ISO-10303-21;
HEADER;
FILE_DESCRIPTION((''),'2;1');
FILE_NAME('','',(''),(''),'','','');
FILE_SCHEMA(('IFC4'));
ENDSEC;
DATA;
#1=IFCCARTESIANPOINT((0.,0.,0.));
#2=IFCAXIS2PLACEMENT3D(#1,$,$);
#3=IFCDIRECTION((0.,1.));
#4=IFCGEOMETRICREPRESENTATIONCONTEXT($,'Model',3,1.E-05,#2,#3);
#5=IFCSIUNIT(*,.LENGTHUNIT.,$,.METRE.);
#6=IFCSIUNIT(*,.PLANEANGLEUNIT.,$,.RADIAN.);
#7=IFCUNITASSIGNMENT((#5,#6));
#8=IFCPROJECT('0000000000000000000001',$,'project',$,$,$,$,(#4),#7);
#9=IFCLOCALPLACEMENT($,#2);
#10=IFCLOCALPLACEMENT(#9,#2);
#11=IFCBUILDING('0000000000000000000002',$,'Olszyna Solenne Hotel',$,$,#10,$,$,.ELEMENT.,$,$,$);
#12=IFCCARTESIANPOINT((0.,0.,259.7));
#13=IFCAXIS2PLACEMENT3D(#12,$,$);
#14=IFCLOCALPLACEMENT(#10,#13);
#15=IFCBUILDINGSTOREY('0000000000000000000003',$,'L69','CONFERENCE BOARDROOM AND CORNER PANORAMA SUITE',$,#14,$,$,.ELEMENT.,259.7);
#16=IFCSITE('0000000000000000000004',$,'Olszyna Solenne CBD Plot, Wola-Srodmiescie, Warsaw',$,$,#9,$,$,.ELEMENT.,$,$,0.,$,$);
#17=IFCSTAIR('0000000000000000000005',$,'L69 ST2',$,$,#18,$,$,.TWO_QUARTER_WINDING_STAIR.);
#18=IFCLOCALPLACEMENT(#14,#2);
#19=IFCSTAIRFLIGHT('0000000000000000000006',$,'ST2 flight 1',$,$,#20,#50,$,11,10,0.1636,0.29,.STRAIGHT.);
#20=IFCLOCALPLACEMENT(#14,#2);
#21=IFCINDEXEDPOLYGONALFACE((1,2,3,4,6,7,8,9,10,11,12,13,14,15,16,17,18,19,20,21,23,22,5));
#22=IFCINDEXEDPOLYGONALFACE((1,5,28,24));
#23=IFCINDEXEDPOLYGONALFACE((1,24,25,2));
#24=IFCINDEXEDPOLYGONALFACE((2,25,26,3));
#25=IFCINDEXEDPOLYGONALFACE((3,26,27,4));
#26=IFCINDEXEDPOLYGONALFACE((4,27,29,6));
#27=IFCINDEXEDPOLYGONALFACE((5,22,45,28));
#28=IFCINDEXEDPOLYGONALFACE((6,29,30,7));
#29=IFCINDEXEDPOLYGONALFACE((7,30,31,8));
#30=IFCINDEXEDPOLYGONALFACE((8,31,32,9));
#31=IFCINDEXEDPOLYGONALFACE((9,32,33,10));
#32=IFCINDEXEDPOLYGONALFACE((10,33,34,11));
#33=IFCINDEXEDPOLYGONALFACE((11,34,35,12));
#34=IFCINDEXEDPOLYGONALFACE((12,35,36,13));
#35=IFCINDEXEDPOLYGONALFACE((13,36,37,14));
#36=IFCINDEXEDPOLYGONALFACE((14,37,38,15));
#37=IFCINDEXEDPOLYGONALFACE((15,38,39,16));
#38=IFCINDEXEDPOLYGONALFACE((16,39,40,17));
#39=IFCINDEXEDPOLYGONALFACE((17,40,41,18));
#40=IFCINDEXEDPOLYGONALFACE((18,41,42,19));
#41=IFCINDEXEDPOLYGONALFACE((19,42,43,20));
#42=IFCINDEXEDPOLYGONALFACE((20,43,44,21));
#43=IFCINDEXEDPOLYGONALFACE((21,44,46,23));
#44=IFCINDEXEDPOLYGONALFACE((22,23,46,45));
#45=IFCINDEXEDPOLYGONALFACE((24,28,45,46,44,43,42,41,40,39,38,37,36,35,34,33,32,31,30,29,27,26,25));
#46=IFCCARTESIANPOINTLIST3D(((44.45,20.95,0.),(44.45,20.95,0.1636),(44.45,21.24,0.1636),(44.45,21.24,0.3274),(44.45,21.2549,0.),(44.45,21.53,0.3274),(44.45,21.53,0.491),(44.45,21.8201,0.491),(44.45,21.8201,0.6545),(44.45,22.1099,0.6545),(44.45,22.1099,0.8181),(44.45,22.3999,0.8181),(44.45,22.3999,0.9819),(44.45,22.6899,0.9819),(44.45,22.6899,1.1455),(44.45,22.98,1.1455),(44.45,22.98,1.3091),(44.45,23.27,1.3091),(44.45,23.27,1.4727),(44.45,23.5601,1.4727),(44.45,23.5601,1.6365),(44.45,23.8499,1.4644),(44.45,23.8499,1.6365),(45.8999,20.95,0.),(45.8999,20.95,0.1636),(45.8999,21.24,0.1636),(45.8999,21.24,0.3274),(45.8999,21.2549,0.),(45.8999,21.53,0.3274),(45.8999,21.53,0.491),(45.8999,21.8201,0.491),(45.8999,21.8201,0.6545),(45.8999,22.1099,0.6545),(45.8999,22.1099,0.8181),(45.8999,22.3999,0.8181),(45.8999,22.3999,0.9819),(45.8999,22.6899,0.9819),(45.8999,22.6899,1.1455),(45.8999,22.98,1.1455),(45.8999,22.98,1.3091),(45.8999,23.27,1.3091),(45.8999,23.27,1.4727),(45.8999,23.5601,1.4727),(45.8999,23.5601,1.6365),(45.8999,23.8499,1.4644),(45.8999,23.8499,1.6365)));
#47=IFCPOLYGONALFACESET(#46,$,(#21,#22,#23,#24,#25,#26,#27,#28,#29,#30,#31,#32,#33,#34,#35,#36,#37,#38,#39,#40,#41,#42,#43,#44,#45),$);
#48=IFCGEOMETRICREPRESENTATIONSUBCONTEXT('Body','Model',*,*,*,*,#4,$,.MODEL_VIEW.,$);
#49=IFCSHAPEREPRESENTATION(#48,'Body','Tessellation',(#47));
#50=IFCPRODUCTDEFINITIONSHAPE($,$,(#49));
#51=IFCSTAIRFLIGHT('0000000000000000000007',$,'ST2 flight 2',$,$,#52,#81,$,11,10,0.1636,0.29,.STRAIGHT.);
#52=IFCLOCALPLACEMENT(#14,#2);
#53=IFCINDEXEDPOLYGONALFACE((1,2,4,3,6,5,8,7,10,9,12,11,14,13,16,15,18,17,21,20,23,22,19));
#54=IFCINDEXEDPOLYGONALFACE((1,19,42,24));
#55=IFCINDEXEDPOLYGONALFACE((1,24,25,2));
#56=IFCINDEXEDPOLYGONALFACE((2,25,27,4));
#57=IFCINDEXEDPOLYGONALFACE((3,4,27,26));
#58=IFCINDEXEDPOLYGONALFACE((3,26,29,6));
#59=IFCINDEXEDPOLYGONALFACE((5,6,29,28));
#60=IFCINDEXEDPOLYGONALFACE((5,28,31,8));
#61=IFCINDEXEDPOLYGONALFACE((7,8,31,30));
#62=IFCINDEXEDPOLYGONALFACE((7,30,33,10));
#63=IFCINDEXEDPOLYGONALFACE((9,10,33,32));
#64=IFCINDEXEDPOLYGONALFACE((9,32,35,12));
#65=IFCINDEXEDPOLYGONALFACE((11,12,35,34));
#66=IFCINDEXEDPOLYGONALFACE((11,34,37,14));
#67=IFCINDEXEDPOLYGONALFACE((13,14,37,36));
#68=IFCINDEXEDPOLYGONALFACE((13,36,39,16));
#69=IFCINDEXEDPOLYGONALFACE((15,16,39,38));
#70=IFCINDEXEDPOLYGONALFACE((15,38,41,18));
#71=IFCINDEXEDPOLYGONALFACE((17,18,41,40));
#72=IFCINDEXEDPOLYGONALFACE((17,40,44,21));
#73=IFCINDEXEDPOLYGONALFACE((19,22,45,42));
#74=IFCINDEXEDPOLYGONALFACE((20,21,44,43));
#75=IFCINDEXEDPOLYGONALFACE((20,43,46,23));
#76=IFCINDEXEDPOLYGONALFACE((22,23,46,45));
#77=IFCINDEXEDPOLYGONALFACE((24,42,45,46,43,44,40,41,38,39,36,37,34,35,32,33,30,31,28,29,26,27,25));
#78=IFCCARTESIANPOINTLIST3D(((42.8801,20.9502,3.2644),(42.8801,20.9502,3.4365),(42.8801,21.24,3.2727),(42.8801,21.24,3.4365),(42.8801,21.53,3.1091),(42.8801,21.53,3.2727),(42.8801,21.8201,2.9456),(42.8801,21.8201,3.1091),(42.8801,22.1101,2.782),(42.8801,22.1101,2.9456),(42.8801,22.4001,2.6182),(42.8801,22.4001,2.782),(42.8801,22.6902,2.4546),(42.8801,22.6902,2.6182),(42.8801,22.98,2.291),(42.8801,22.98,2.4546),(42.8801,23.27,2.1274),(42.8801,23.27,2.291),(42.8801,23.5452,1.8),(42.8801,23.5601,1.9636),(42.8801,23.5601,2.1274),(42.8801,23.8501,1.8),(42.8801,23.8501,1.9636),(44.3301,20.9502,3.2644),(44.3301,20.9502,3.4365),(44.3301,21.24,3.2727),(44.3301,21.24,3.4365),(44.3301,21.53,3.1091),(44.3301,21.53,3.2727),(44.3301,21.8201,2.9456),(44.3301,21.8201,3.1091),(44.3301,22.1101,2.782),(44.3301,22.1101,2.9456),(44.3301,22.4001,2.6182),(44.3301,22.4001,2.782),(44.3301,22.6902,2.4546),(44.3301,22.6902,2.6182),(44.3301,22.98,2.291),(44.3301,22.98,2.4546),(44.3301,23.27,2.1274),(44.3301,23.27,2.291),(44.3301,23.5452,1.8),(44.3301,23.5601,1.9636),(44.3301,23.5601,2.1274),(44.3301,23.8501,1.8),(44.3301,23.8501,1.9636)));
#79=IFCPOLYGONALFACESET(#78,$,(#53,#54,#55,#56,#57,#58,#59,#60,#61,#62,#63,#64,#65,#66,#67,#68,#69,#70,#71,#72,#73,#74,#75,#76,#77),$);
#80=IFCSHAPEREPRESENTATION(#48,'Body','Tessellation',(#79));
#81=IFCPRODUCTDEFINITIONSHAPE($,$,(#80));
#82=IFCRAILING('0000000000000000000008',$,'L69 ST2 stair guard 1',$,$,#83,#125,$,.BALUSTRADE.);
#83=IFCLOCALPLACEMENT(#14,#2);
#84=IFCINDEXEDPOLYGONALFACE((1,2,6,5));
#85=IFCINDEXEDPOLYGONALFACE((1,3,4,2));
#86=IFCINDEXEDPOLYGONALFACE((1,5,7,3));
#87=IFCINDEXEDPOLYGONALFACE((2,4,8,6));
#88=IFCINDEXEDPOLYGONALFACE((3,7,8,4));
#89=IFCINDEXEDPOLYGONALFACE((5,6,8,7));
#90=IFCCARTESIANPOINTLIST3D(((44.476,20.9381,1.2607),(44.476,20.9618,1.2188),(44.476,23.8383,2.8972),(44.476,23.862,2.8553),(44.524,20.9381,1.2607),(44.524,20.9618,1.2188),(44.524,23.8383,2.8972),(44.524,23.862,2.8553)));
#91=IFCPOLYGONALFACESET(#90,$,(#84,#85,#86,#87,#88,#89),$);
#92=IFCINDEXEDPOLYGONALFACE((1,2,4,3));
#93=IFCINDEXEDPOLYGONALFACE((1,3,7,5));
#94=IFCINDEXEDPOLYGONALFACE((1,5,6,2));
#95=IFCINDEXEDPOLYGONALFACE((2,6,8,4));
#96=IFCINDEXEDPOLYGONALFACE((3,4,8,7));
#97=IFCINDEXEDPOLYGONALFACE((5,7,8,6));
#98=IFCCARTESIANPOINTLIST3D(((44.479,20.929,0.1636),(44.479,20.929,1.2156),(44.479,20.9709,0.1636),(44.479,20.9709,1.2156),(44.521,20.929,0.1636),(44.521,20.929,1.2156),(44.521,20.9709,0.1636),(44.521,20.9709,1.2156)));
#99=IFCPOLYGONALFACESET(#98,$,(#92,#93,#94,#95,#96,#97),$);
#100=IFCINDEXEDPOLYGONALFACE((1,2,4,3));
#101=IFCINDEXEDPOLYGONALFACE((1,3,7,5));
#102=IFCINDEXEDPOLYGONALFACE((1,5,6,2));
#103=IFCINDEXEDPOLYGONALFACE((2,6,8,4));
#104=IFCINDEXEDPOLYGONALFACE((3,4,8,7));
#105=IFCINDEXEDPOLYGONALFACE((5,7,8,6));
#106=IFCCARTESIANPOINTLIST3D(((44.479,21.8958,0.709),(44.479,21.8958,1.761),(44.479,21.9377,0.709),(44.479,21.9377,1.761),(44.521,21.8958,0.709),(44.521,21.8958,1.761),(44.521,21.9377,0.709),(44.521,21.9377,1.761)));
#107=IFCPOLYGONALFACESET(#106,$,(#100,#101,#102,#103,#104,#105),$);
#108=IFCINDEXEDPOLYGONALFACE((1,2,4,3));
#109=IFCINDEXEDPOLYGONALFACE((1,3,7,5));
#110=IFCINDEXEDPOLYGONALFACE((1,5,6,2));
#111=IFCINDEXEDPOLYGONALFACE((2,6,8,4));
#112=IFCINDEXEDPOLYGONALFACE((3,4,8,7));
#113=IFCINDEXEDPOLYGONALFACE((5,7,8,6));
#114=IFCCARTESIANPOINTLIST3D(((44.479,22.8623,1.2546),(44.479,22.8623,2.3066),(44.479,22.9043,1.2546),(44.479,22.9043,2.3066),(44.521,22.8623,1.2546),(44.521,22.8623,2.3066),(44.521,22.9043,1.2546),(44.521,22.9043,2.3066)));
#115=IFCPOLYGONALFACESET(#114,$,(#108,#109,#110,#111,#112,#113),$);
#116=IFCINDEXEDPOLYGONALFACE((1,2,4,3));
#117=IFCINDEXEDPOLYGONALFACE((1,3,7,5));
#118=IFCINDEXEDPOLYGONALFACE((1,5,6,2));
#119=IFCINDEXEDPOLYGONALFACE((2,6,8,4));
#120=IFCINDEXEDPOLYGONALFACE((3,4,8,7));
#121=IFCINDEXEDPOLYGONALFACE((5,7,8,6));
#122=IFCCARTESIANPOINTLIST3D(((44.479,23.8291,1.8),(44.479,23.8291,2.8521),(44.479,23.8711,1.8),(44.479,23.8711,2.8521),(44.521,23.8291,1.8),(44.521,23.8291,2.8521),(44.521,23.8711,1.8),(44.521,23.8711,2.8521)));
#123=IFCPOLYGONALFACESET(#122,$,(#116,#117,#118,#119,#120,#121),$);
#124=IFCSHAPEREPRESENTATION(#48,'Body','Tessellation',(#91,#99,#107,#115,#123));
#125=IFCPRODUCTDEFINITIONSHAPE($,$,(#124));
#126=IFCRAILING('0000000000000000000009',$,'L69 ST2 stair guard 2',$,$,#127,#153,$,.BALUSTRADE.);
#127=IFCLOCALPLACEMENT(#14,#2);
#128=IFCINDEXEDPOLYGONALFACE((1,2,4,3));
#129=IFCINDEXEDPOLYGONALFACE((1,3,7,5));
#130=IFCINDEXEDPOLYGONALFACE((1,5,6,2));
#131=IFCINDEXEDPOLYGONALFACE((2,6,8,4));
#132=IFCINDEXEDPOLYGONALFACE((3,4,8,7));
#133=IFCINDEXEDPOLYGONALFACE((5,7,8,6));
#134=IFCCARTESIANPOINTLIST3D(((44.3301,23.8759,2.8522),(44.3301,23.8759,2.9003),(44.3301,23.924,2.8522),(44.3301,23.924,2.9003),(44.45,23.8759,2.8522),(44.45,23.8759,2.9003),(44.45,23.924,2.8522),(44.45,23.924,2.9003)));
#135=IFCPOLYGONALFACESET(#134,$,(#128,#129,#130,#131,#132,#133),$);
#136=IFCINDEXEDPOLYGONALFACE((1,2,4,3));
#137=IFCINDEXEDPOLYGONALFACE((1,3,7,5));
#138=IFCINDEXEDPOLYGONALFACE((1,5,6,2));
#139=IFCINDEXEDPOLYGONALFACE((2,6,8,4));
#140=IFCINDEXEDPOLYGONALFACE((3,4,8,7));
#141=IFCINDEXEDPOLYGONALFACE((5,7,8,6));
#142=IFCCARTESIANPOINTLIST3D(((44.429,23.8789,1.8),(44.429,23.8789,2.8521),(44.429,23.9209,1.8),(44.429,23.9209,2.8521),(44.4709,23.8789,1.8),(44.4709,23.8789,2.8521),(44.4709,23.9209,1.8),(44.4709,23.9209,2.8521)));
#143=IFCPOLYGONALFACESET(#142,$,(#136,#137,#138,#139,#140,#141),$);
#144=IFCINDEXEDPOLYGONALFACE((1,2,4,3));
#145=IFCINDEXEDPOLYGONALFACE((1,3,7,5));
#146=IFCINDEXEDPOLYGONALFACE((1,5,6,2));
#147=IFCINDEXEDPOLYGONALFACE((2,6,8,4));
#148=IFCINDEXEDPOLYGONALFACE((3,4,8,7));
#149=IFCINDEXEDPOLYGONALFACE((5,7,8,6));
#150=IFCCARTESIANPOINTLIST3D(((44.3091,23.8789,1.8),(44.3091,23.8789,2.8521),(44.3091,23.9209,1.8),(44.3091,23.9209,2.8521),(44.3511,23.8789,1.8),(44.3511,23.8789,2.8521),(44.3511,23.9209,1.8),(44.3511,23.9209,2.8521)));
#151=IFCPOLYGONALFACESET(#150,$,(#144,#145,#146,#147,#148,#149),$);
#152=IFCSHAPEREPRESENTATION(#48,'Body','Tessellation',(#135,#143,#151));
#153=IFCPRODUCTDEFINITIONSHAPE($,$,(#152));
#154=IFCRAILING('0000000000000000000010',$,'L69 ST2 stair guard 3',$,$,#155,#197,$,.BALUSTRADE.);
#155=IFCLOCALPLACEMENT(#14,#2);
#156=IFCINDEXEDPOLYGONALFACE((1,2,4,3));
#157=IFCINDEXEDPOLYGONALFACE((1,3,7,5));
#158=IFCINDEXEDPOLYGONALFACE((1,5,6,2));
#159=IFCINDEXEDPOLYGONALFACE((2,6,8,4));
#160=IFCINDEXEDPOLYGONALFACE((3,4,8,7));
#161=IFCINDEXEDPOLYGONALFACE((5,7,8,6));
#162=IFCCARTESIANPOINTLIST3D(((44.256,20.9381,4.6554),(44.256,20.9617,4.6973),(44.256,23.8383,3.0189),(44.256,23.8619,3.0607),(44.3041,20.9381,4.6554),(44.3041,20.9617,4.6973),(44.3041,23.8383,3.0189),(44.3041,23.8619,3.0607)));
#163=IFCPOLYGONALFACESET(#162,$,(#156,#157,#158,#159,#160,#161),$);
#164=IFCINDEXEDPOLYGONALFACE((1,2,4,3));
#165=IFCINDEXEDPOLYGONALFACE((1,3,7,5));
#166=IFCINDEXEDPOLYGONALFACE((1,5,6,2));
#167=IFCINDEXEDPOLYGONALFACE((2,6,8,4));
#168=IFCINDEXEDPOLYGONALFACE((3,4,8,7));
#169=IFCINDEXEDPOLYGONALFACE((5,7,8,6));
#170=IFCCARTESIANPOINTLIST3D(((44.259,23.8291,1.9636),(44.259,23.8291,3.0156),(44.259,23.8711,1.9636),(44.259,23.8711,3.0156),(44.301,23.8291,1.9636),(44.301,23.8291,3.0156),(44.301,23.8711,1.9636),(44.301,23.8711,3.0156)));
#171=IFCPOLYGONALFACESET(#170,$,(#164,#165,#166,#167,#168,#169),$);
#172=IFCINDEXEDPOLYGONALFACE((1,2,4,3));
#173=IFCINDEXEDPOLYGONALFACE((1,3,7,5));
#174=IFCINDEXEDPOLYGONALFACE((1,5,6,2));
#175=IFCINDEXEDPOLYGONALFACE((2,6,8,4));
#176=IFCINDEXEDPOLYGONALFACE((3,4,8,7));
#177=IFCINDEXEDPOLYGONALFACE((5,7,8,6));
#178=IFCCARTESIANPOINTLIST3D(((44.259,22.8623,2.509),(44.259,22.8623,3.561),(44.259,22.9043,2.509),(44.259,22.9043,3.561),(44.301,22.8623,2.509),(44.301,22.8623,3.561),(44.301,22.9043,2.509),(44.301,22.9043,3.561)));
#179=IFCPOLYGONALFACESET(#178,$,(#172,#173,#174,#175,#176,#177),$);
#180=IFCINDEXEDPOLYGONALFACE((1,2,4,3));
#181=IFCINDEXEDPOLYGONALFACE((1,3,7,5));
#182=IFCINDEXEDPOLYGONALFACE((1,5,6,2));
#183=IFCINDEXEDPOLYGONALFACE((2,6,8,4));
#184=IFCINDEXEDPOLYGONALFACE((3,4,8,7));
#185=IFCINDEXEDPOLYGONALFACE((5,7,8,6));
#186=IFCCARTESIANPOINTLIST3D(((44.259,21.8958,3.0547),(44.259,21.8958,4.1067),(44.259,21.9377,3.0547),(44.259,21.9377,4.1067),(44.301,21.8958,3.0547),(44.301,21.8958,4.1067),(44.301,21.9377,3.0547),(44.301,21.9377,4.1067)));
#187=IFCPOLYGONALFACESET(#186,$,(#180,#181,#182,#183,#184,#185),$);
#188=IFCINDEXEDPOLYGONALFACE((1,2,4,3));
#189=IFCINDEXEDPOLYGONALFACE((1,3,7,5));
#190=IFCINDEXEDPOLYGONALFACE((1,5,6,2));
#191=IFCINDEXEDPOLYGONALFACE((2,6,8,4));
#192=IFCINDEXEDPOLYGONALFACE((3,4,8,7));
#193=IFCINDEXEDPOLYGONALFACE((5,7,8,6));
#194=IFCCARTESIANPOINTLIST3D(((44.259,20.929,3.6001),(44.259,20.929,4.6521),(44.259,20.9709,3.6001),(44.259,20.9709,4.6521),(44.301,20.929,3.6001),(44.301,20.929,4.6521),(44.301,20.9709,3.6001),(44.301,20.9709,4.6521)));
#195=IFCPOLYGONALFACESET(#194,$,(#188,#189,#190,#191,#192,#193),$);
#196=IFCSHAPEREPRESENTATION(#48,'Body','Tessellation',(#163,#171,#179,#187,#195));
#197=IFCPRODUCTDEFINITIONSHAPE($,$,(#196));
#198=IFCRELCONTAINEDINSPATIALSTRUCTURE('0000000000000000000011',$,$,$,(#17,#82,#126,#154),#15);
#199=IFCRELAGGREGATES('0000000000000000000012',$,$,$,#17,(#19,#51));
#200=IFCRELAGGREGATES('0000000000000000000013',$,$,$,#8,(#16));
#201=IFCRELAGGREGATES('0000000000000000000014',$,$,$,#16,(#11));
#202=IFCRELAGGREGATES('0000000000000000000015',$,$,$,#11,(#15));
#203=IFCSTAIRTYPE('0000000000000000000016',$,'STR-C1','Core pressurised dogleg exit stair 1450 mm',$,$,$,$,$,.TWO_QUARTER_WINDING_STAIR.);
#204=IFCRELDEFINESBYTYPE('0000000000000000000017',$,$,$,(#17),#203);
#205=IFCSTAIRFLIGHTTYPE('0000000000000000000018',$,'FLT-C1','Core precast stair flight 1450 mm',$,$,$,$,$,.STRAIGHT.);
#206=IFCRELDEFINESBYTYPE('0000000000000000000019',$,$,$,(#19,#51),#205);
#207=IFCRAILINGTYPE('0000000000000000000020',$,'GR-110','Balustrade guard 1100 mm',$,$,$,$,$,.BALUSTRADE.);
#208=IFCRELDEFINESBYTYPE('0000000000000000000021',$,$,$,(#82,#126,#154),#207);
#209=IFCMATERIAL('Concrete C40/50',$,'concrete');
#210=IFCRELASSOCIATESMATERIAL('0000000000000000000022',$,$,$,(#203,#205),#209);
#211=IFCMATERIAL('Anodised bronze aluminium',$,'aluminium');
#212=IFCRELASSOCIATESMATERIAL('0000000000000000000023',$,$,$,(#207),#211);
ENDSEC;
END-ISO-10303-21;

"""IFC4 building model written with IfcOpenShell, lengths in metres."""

from ifc_helpers import new_model, si_unit, direction, frame, origin, origin_2d, place, context, subcontext, project, spatial, polyline, rectangle, outline, extrude, material, type_object, element, aggregate, save


model = new_model("IFC4")

# Units and contexts
model_context = context("Model", 3, precision=1e-05, world=origin(), true_north=direction((0.0, 1.0)))
body_context = subcontext(model_context, "Body", "Model", "MODEL_VIEW")
ifc_project = project(units=[si_unit("LENGTHUNIT", "METRE"), si_unit("PLANEANGLEUNIT", "RADIAN")], contexts=[model_context])

# Site, building, storey
site_placement = place(None, origin())
site = spatial("IfcSite", under=ifc_project, at=site_placement, Name="Olszyna Solenne CBD Plot, Wola-Srodmiescie, Warsaw", CompositionType="ELEMENT", RefElevation=0.0)
building_placement = place(site_placement, origin())
building = spatial("IfcBuilding", under=site, at=building_placement, Name="Olszyna Solenne Hotel", CompositionType="ELEMENT")
storey_placement = place(building_placement, frame((0.0, 0.0, 259.7)))
storey = spatial("IfcBuildingStorey", under=building, at=storey_placement, Name="L69", Description="CONFERENCE BOARDROOM AND CORNER PANORAMA SUITE", CompositionType="ELEMENT", Elevation=259.7)

# Shared definitions
ifc_material_1 = material(Name="Anodised bronze aluminium", Category="aluminium")

# Stair, stair flights
ifc_material_2 = material(Name="Concrete C40/50", Category="concrete")
stair_type = type_object("IfcStairType", Name="STR-C1", Description="Core pressurised dogleg exit stair 1450 mm", PredefinedType="TWO_QUARTER_WINDING_STAIR", material=ifc_material_2)
stair_placement = place(storey_placement, origin())
stair = element("IfcStair", 1, at=stair_placement, inside=storey, type_object=stair_type, Name="L69 ST2", PredefinedType="TWO_QUARTER_WINDING_STAIR")
stair_flight_type = type_object("IfcStairFlightType", Name="FLT-C1", Description="Core precast stair flight 1450 mm", PredefinedType="STRAIGHT", material=ifc_material_2)
stair_flight_1_placement = place(storey_placement, frame((45.175, 20.95, 0.0), z_axis=(0.0, 0.0, 1.0), x_axis=(0.0, 1.0, 0.0)))
stair_flight_1 = element("IfcStairFlight", 2, at=stair_flight_1_placement, type_object=stair_flight_type, Name="ST2 flight 1", NumberOfRisers=11, NumberOfTreads=10, PredefinedType="STRAIGHT", RiserHeight=0.1636, TreadLength=0.29, context=body_context, shape_type="SweptSolid", body=[
    extrude(outline(polyline([(0.0, 0.0), (0.0, 0.1636), (0.29, 0.1636), (0.29, 0.3274), (0.5801, 0.3274), (0.5801, 0.491), (0.8701, 0.491), (0.8701, 0.6545), (1.1599, 0.6545), (1.1599, 0.8181), (1.45, 0.8181), (1.45, 0.9819), (1.74, 0.9819), (1.74, 1.1455), (2.03, 1.1455), (2.03, 1.3091), (2.3201, 1.3091), (2.3201, 1.4727), (2.6101, 1.4727), (2.6101, 1.6365), (2.8999, 1.6365), (2.8999, 1.8), (2.8999, 1.4644), (0.3049, 0.0), (0.0, 0.0)])), frame((0.0, 0.7251, 0.0), z_axis=(0.0, -1.0, 0.0), x_axis=(1.0, 0.0, 0.0)), (0.0, 0.0, 1.0), 1.45),
])
stair_flight_2_placement = place(storey_placement, frame((43.605, 23.8501, 1.8), z_axis=(0.0, 0.0, 1.0), x_axis=(0.0, -1.0, 0.0)))
stair_flight_2 = element("IfcStairFlight", 3, at=stair_flight_2_placement, type_object=stair_flight_type, Name="ST2 flight 2", NumberOfRisers=11, NumberOfTreads=10, PredefinedType="STRAIGHT", RiserHeight=0.1636, TreadLength=0.29, context=body_context, shape_type="SweptSolid", body=[
    extrude(outline(polyline([(0.0, 0.0), (0.0, 0.1636), (0.29, 0.1636), (0.29, 0.3274), (0.5801, 0.3274), (0.5801, 0.491), (0.8701, 0.491), (0.8701, 0.6545), (1.1599, 0.6545), (1.1599, 0.8181), (1.45, 0.8181), (1.45, 0.9819), (1.74, 0.9819), (1.74, 1.1455), (2.03, 1.1455), (2.03, 1.3091), (2.3201, 1.3091), (2.3201, 1.4727), (2.6101, 1.4727), (2.6101, 1.6365), (2.8999, 1.6365), (2.8999, 1.8), (2.8999, 1.4644), (0.3049, 0.0), (0.0, 0.0)])), frame((0.0, 0.7251, 0.0), z_axis=(0.0, -1.0, 0.0), x_axis=(1.0, 0.0, 0.0)), (0.0, 0.0, 1.0), 1.45),
])
aggregate(stair, [stair_flight_1, stair_flight_2])

# Railings
railing_type_1 = type_object("IfcRailingType", Name="GR-110", Description="Balustrade guard 1100 mm", PredefinedType="BALUSTRADE", material=ifc_material_1)
railing_1_placement = place(storey_placement, frame((44.5, 20.95, 0.1636)))
element("IfcRailing", 4, at=railing_1_placement, inside=storey, type_object=railing_type_1, Name="L69 ST2 stair guard 1", PredefinedType="BALUSTRADE", context=body_context, shape_type="SweptSolid", body=[
    extrude(rectangle(XDim=0.0481, YDim=0.0481, at=origin_2d()), frame((0.0, 0.0, 1.0762), z_axis=(0.0, 0.870915, 0.491434), x_axis=(-1.0, 0.0, 0.0)), (0.0, 0.0, 1.0), 3.3301),
    extrude(rectangle(XDim=0.042, YDim=0.042, at=origin_2d()), origin(), (0.0, 0.0, 1.0), 1.052),
    extrude(rectangle(XDim=0.042, YDim=0.042, at=origin_2d()), frame((0.0, 0.9668, 0.5454)), (0.0, 0.0, 1.0), 1.052),
    extrude(rectangle(XDim=0.042, YDim=0.042, at=origin_2d()), frame((0.0, 1.9333, 1.0911)), (0.0, 0.0, 1.0), 1.052),
    extrude(rectangle(XDim=0.042, YDim=0.042, at=origin_2d()), frame((0.0, 2.9001, 1.6365)), (0.0, 0.0, 1.0), 1.052),
])
railing_2_placement = place(storey_placement, frame((44.45, 23.8999, 1.8)))
element("IfcRailing", 5, at=railing_2_placement, inside=storey, type_object=railing_type_1, Name="L69 ST2 stair guard 2", PredefinedType="BALUSTRADE", context=body_context, shape_type="SweptSolid", body=[
    extrude(rectangle(XDim=0.0481, YDim=0.0481, at=origin_2d()), frame((0.0, 0.0, 1.0762), z_axis=(-1.0, 0.0, 0.0), x_axis=(0.0, -1.0, 0.0)), (0.0, 0.0, 1.0), 0.1199),
    extrude(rectangle(XDim=0.042, YDim=0.042, at=origin_2d()), origin(), (0.0, 0.0, 1.0), 1.052),
    extrude(rectangle(XDim=0.042, YDim=0.042, at=origin_2d()), frame((-0.1199, 0.0, 0.0)), (0.0, 0.0, 1.0), 1.052),
])
railing_3_placement = place(storey_placement, frame((44.28, 23.8501, 1.9636)))
element("IfcRailing", 6, at=railing_3_placement, inside=storey, type_object=railing_type_1, Name="L69 ST2 stair guard 3", PredefinedType="BALUSTRADE", context=body_context, shape_type="SweptSolid", body=[
    extrude(rectangle(XDim=0.0481, YDim=0.0481, at=origin_2d()), frame((0.0, 0.0, 1.0762), z_axis=(0.0, -0.870915, 0.491434), x_axis=(1.0, 0.0, 0.0)), (0.0, 0.0, 1.0), 3.3301),
    extrude(rectangle(XDim=0.042, YDim=0.042, at=origin_2d()), origin(), (0.0, 0.0, 1.0), 1.052),
    extrude(rectangle(XDim=0.042, YDim=0.042, at=origin_2d()), frame((0.0, -0.9668, 0.5454)), (0.0, 0.0, 1.0), 1.052),
    extrude(rectangle(XDim=0.042, YDim=0.042, at=origin_2d()), frame((0.0, -1.9333, 1.0911)), (0.0, 0.0, 1.0), 1.052),
    extrude(rectangle(XDim=0.042, YDim=0.042, at=origin_2d()), frame((0.0, -2.9001, 1.6365)), (0.0, 0.0, 1.0), 1.052),
])

save(model, "model.ifc")
